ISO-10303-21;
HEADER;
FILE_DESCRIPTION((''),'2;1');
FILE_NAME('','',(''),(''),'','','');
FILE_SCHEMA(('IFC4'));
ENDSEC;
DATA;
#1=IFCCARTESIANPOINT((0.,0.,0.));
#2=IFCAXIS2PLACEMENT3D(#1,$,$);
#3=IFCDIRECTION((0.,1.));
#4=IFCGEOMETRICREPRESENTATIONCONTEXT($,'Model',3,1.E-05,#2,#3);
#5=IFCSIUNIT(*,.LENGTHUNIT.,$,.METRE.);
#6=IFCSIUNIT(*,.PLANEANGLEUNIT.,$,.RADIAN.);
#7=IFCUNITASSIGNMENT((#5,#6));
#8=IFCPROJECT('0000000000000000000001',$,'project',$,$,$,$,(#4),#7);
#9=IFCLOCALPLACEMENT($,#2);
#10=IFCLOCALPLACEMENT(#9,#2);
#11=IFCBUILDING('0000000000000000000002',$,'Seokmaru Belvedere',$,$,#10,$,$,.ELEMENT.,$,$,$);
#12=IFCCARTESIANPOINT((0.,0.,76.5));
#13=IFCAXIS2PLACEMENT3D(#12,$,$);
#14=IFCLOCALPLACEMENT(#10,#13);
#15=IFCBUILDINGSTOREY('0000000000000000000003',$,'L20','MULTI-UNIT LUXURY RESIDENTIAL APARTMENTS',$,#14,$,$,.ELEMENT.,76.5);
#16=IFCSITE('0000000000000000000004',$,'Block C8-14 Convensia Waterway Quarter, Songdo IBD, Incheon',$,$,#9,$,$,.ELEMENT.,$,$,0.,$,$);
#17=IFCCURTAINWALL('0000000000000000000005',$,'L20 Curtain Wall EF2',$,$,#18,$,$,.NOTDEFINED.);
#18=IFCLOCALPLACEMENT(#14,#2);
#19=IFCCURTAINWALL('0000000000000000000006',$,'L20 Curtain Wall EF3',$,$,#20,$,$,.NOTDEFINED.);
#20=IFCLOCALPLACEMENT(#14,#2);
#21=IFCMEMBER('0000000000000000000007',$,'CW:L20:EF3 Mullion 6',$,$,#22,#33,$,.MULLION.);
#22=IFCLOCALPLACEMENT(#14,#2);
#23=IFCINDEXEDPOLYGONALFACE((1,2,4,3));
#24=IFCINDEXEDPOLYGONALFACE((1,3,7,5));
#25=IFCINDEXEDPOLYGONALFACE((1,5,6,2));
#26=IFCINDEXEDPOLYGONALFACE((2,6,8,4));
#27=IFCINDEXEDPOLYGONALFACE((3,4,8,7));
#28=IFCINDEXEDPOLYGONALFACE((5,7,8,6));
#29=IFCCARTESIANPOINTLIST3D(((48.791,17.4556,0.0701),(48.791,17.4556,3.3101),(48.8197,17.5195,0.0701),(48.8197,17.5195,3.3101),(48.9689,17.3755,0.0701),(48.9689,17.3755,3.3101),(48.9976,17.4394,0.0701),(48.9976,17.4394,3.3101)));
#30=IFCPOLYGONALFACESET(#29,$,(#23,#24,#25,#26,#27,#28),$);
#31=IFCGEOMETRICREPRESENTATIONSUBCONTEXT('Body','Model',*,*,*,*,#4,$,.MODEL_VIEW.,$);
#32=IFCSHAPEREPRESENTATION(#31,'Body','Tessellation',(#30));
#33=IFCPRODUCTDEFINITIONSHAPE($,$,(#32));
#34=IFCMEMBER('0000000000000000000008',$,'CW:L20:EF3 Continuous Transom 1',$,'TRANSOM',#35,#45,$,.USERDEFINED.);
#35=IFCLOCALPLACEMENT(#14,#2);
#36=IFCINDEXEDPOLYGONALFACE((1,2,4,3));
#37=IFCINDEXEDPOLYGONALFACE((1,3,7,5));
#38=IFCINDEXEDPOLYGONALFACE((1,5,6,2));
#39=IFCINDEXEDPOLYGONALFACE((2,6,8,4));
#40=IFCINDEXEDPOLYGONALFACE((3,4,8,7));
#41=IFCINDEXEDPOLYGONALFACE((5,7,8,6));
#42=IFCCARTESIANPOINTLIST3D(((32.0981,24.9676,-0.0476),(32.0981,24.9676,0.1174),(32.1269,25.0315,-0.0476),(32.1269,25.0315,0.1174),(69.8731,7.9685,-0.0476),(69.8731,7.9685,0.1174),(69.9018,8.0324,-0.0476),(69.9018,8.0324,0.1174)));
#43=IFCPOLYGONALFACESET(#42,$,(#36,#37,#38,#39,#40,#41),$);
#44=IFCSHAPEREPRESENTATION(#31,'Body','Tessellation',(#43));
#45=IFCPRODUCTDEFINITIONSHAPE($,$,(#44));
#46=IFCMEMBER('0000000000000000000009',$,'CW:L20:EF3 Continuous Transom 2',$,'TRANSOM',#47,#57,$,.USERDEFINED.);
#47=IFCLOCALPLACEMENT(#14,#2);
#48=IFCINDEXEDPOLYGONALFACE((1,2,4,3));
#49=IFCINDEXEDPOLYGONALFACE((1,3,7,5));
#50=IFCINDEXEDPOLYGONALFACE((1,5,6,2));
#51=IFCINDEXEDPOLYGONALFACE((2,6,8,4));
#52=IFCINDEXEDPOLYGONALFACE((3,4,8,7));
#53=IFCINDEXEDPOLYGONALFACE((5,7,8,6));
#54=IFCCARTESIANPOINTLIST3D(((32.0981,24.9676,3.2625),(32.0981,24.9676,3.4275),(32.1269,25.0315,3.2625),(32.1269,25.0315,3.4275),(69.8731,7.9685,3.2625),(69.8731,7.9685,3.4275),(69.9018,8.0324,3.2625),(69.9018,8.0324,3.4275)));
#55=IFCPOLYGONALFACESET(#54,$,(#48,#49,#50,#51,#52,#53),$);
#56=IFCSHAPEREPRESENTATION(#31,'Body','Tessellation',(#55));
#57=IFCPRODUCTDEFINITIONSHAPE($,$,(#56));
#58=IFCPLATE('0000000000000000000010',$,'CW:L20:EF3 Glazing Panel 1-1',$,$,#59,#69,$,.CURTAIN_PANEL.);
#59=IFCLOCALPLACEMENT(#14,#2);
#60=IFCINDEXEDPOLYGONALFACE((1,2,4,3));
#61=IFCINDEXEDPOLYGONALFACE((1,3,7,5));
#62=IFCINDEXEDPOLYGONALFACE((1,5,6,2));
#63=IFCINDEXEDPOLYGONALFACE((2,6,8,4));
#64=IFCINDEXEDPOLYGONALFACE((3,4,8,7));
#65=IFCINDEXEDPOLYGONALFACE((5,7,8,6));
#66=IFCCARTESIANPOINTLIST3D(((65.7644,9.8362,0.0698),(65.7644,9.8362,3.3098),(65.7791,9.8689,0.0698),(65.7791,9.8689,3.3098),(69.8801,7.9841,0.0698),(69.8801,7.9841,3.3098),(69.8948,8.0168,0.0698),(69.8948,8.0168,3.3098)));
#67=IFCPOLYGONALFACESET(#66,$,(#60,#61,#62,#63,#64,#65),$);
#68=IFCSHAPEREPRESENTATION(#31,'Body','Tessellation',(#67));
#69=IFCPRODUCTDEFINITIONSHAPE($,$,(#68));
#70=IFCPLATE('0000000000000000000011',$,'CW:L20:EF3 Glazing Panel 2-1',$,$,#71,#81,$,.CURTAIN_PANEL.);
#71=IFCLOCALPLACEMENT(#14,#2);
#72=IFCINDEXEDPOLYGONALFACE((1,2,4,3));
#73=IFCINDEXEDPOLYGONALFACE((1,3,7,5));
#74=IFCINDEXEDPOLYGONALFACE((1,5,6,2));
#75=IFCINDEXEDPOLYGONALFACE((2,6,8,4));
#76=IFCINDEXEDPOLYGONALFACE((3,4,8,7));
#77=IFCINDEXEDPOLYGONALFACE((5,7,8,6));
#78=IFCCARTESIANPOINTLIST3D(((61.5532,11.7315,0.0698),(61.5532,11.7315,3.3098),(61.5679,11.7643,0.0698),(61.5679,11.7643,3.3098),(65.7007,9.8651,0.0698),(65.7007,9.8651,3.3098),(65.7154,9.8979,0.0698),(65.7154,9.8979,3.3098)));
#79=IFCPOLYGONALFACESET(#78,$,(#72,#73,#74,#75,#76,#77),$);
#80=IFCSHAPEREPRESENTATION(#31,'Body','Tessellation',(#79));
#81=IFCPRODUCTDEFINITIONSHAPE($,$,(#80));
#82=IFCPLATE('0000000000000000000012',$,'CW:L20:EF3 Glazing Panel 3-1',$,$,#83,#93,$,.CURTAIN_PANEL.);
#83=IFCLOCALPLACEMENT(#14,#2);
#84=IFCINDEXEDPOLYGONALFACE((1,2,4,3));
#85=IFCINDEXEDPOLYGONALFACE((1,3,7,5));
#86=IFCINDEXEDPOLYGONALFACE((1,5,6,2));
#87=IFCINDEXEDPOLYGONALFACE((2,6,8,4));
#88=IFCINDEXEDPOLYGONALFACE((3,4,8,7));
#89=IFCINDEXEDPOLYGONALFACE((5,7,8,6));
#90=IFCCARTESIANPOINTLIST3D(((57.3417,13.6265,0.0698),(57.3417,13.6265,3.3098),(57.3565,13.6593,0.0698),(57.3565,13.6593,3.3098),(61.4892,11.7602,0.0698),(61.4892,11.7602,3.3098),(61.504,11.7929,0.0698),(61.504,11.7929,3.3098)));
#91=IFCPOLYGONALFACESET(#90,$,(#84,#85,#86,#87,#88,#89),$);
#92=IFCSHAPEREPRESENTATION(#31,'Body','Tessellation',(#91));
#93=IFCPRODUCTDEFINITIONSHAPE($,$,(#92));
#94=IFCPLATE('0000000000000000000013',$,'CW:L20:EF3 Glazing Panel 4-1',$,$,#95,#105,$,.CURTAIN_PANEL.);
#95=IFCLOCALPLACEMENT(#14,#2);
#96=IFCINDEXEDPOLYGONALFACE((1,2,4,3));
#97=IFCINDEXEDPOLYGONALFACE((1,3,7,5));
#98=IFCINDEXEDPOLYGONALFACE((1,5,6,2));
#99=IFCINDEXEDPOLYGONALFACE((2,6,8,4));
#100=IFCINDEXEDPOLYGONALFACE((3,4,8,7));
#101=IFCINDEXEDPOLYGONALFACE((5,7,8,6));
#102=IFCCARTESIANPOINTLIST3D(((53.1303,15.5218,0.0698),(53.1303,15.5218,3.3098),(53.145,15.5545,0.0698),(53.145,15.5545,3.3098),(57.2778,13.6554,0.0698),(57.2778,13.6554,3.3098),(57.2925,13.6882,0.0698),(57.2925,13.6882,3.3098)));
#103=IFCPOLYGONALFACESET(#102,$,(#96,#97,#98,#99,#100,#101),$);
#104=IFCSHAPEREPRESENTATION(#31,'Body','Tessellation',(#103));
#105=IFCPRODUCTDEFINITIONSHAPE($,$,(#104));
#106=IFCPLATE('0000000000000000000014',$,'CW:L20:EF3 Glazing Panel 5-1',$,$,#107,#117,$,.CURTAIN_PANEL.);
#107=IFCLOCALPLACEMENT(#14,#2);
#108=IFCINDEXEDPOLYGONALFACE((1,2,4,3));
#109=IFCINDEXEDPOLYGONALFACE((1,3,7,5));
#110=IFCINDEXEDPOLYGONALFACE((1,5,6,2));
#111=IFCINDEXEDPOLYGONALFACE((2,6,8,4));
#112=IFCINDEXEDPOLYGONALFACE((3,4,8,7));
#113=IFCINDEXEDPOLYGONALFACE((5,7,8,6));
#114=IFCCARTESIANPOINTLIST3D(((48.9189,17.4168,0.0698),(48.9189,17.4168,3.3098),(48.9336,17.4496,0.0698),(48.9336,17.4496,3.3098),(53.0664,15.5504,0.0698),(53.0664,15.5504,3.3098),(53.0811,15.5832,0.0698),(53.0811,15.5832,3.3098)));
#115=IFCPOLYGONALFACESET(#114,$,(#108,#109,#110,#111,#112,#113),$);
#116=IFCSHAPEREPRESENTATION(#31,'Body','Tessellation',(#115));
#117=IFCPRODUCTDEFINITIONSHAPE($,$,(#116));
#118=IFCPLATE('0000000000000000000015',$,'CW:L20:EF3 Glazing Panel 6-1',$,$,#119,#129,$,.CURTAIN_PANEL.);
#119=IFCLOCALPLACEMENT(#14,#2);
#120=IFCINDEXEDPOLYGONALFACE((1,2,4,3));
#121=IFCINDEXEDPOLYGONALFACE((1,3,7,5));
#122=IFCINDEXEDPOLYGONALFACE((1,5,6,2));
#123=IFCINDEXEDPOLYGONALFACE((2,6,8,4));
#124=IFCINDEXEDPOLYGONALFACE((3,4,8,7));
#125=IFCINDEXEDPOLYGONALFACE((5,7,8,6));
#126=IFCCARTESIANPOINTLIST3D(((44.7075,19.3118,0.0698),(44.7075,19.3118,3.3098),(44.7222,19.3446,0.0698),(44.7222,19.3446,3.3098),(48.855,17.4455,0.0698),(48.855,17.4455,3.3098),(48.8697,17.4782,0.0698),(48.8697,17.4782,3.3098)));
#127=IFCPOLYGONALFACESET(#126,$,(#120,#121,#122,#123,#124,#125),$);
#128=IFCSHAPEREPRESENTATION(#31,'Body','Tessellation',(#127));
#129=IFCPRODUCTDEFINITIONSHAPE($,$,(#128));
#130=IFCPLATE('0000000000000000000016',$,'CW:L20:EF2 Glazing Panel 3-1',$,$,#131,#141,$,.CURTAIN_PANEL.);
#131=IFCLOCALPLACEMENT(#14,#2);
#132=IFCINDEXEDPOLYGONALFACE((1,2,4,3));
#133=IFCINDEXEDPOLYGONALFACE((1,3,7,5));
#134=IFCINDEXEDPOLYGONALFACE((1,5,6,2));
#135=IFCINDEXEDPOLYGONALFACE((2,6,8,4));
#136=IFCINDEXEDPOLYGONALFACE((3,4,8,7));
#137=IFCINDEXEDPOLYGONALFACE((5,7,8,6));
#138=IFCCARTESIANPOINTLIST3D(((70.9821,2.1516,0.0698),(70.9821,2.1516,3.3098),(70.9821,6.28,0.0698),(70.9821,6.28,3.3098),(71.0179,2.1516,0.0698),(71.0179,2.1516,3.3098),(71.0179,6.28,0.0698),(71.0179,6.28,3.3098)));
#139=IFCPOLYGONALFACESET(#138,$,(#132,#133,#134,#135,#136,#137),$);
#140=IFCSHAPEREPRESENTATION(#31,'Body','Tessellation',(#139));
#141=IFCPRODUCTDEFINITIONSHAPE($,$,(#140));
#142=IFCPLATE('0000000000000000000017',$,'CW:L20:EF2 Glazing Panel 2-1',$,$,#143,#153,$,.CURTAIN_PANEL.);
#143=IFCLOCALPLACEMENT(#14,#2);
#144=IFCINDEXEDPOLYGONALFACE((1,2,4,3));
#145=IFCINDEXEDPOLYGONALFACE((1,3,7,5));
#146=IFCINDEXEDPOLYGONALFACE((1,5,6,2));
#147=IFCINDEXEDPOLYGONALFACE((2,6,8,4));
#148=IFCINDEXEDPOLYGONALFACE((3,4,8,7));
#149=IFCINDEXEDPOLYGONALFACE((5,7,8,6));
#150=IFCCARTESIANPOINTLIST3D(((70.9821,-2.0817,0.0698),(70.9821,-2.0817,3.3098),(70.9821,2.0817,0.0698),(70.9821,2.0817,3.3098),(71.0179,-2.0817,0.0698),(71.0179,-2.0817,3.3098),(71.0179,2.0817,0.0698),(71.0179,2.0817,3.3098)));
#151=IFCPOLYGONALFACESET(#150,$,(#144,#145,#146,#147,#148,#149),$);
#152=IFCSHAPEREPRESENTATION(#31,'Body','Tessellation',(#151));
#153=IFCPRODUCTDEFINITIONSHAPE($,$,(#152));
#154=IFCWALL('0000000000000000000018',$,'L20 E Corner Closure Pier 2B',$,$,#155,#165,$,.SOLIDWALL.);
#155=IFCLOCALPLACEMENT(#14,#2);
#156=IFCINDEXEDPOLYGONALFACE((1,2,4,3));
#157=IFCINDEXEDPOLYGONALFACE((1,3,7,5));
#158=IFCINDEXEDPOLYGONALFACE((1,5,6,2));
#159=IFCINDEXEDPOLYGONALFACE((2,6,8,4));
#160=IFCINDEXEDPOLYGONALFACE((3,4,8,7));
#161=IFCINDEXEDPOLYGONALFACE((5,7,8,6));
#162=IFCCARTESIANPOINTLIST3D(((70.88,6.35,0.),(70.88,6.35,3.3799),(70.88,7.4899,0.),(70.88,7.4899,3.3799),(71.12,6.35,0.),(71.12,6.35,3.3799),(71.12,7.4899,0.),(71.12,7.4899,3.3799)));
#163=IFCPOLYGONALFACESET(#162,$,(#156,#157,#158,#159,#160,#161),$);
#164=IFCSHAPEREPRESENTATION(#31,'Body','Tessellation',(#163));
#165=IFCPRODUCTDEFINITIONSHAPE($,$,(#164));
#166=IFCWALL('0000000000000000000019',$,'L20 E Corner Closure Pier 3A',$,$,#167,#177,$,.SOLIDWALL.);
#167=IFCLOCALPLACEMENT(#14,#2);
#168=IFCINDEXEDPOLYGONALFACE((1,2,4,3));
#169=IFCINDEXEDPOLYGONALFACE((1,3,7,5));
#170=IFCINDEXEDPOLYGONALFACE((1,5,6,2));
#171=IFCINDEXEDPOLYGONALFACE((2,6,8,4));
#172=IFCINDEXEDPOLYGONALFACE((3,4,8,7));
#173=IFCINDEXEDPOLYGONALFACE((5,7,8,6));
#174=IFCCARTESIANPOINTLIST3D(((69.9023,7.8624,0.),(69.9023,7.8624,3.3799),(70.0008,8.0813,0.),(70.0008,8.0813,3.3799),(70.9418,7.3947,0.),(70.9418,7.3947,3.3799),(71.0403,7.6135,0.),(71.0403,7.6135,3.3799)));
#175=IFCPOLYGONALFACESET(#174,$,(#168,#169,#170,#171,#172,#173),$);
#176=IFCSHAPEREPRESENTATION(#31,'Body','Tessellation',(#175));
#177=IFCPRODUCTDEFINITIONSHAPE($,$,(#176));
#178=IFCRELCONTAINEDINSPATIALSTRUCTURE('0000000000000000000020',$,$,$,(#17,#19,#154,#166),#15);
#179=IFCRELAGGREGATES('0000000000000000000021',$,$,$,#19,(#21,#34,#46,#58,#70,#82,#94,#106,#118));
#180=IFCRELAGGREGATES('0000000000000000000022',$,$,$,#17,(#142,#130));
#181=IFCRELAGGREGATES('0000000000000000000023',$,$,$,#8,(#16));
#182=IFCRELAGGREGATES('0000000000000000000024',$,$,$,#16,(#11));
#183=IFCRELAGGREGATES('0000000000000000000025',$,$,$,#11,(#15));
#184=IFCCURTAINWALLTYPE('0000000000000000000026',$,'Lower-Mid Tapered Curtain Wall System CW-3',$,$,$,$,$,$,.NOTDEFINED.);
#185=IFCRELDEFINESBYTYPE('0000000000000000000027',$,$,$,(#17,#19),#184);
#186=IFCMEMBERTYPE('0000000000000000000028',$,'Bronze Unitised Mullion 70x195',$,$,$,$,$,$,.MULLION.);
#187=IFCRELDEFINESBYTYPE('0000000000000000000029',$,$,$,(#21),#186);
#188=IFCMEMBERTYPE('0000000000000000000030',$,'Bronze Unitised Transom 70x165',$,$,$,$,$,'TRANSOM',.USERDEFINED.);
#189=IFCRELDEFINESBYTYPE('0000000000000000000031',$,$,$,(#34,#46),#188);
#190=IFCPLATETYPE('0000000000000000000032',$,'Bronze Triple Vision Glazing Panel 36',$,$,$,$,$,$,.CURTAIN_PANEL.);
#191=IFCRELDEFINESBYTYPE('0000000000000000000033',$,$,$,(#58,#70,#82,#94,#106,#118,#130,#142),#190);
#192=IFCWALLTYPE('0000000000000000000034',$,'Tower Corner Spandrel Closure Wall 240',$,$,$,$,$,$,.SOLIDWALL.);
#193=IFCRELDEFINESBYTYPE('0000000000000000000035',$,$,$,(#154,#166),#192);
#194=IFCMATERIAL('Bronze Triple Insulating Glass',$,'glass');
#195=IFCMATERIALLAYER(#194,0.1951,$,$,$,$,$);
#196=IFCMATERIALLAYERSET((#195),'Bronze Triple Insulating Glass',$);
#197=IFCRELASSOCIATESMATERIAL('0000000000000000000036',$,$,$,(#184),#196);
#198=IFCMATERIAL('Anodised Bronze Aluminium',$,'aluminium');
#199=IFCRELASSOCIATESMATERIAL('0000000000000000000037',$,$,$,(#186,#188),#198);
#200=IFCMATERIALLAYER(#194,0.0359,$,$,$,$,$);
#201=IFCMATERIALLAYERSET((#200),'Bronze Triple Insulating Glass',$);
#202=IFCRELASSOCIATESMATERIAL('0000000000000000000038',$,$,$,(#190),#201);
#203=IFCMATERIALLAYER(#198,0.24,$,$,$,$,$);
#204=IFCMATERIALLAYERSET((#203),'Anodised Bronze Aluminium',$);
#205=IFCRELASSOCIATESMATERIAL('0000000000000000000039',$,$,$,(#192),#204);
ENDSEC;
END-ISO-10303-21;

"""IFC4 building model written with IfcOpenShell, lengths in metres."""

from ifc_helpers import new_model, si_unit, direction, frame, frame_2d, origin, origin_2d, place, context, subcontext, project, spatial, rectangle, extrude, source, transform, mapped, material, layer, layer_set, material_profile, profile_set, type_object, type_shapes, element, aggregate, save


model = new_model("IFC4")

# Units and contexts
model_context = context("Model", 3, precision=1e-05, world=origin(), true_north=direction((0.0, 1.0)))
body_context = subcontext(model_context, "Body", "Model", "MODEL_VIEW")
ifc_project = project(units=[si_unit("LENGTHUNIT", "METRE"), si_unit("PLANEANGLEUNIT", "RADIAN")], contexts=[model_context])

# Site, building, storey
site_placement = place(None, origin())
site = spatial("IfcSite", under=ifc_project, at=site_placement, Name="Block C8-14 Convensia Waterway Quarter, Songdo IBD, Incheon", CompositionType="ELEMENT", RefElevation=0.0)
building_placement = place(site_placement, origin())
building = spatial("IfcBuilding", under=site, at=building_placement, Name="Seokmaru Belvedere", CompositionType="ELEMENT")
storey_placement = place(building_placement, frame((0.0, 0.0, 76.5)))
storey = spatial("IfcBuildingStorey", under=building, at=storey_placement, Name="L20", Description="MULTI-UNIT LUXURY RESIDENTIAL APARTMENTS", CompositionType="ELEMENT", Elevation=76.5)

# Curtain walls
ifc_material_1 = material(Name="Bronze Triple Insulating Glass", Category="glass")
ifc_layer_1 = layer(ifc_material_1, 0.1951)
ifc_layer_set_1 = layer_set([ifc_layer_1], Name="Bronze Triple Insulating Glass")
curtain_wall_type = type_object("IfcCurtainWallType", Name="Lower-Mid Tapered Curtain Wall System CW-3", PredefinedType="NOTDEFINED", material=ifc_layer_set_1)
curtain_wall_1_placement = place(storey_placement, origin())
curtain_wall_1 = element("IfcCurtainWall", 1, at=curtain_wall_1_placement, inside=storey, type_object=curtain_wall_type, Name="L20 Curtain Wall EF2", PredefinedType="NOTDEFINED")
ifc_material_2 = material(Name="Anodised Bronze Aluminium", Category="aluminium")
ifc_material_profile_1 = material_profile(ifc_material_2, rectangle(XDim=0.0701, YDim=0.1951, at=origin_2d()), Name="CW-M-70x195")
ifc_profile_set_1 = profile_set([ifc_material_profile_1], Name="Anodised Bronze Aluminium")
member_type_1 = type_object("IfcMemberType", Name="Bronze Unitised Mullion 70x195", PredefinedType="MULLION", material=ifc_profile_set_1)
curtain_wall_2_placement = place(storey_placement, origin())
curtain_wall_2 = element("IfcCurtainWall", 2, at=curtain_wall_2_placement, inside=storey, type_object=curtain_wall_type, Name="L20 Curtain Wall EF3", PredefinedType="NOTDEFINED")

# Members
shared_shape_1 = source(origin(), body_context, "Body", "SweptSolid", [
    extrude(rectangle(XDim=0.0701, YDim=0.1951, at=origin_2d()), origin(), (0.0, 0.0, 1.0), 3.24),
])
member_1_placement = place(storey_placement, frame((48.8943, 17.4475, 0.0701), z_axis=(0.0, 0.0, 1.0), x_axis=(-0.410366, -0.911921, 0.0)))
member_1 = element("IfcMember", 3, at=member_1_placement, type_object=member_type_1, Name="CW:L20:EF3 Mullion 6", PredefinedType="MULLION", context=body_context, shape_type="MappedRepresentation", body=[
    mapped(shared_shape_1, transform((0.0, 0.0, 0.0), scale=1.0)),
])
ifc_material_profile_2 = material_profile(ifc_material_2, rectangle(XDim=0.0701, YDim=0.165, at=origin_2d()), Name="CW-T-70x165")
ifc_profile_set_2 = profile_set([ifc_material_profile_2], Name="Anodised Bronze Aluminium")
member_type_2 = type_object("IfcMemberType", Name="Bronze Unitised Transom 70x165", ElementType="TRANSOM", PredefinedType="USERDEFINED", material=ifc_profile_set_2)
shared_shape_2 = source(origin(), body_context, "Body", "SweptSolid", [
    extrude(rectangle(XDim=0.0701, YDim=0.165, at=origin_2d()), origin(), (0.0, 0.0, 1.0), 41.4236),
])
type_shapes(member_type_2, [shared_shape_2])
member_2_placement = place(storey_placement, frame((69.8875, 8.0005, 0.0349), z_axis=(-0.911919, 0.410371, 0.0), x_axis=(-0.410371, -0.911919, 0.0)))
member_2 = element("IfcMember", 4, at=member_2_placement, type_object=member_type_2, Name="CW:L20:EF3 Continuous Transom 1", ObjectType="TRANSOM", PredefinedType="USERDEFINED", context=body_context, shape_type="MappedRepresentation", body=[
    mapped(shared_shape_2, transform((0.0, 0.0, 0.0), scale=1.0)),
])
member_3_placement = place(storey_placement, frame((69.8875, 8.0005, 3.345), z_axis=(-0.911919, 0.410371, 0.0), x_axis=(-0.410371, -0.911919, 0.0)))
member_3 = element("IfcMember", 5, at=member_3_placement, type_object=member_type_2, Name="CW:L20:EF3 Continuous Transom 2", ObjectType="TRANSOM", PredefinedType="USERDEFINED", context=body_context, shape_type="MappedRepresentation", body=[
    mapped(shared_shape_2, transform((0.0, 0.0, 0.0), scale=1.0)),
])

# Plates
ifc_layer_2 = layer(ifc_material_1, 0.0359)
ifc_layer_set_2 = layer_set([ifc_layer_2], Name="Bronze Triple Insulating Glass")
plate_type = type_object("IfcPlateType", Name="Bronze Triple Vision Glazing Panel 36", PredefinedType="CURTAIN_PANEL", material=ifc_layer_set_2)
shared_shape_3 = source(origin(), body_context, "Body", "SweptSolid", [
    extrude(rectangle(XDim=4.5132, YDim=0.0359, at=origin_2d()), origin(), (0.0, 0.0, 1.0), 3.24),
])
plate_1_placement = place(storey_placement, frame((67.8296, 8.9265, 0.0698), z_axis=(0.0, 0.0, 1.0), x_axis=(-0.911921, 0.410366, 0.0)))
plate_1 = element("IfcPlate", 6, at=plate_1_placement, type_object=plate_type, Name="CW:L20:EF3 Glazing Panel 1-1", PredefinedType="CURTAIN_PANEL", context=body_context, shape_type="MappedRepresentation", body=[
    mapped(shared_shape_3, transform((0.0, 0.0, 0.0), scale=1.0)),
])
shared_shape_4 = source(origin(), body_context, "Body", "SweptSolid", [
    extrude(rectangle(XDim=4.5481, YDim=0.0359, at=origin_2d()), origin(), (0.0, 0.0, 1.0), 3.24),
])
plate_2_placement = place(storey_placement, frame((63.6343, 10.8147, 0.0698), z_axis=(0.0, 0.0, 1.0), x_axis=(-0.911921, 0.410366, 0.0)))
plate_2 = element("IfcPlate", 7, at=plate_2_placement, type_object=plate_type, Name="CW:L20:EF3 Glazing Panel 2-1", PredefinedType="CURTAIN_PANEL", context=body_context, shape_type="MappedRepresentation", body=[
    mapped(shared_shape_4, transform((0.0, 0.0, 0.0), scale=1.0)),
])
plate_3_placement = place(storey_placement, frame((59.4229, 12.7097, 0.0698), z_axis=(0.0, 0.0, 1.0), x_axis=(-0.911921, 0.410366, 0.0)))
plate_3 = element("IfcPlate", 8, at=plate_3_placement, type_object=plate_type, Name="CW:L20:EF3 Glazing Panel 3-1", PredefinedType="CURTAIN_PANEL", context=body_context, shape_type="MappedRepresentation", body=[
    mapped(shared_shape_4, transform((0.0, 0.0, 0.0), scale=1.0)),
])
plate_4_placement = place(storey_placement, frame((55.2114, 14.605, 0.0698), z_axis=(0.0, 0.0, 1.0), x_axis=(-0.911921, 0.410366, 0.0)))
plate_4 = element("IfcPlate", 9, at=plate_4_placement, type_object=plate_type, Name="CW:L20:EF3 Glazing Panel 4-1", PredefinedType="CURTAIN_PANEL", context=body_context, shape_type="MappedRepresentation", body=[
    mapped(shared_shape_4, transform((0.0, 0.0, 0.0), scale=1.0)),
])
plate_5_placement = place(storey_placement, frame((51.0, 16.5, 0.0698), z_axis=(0.0, 0.0, 1.0), x_axis=(-0.911921, 0.410366, 0.0)))
plate_5 = element("IfcPlate", 10, at=plate_5_placement, type_object=plate_type, Name="CW:L20:EF3 Glazing Panel 5-1", PredefinedType="CURTAIN_PANEL", context=body_context, shape_type="MappedRepresentation", body=[
    mapped(shared_shape_4, transform((0.0, 0.0, 0.0), scale=1.0)),
])
plate_6_placement = place(storey_placement, frame((46.7886, 18.395, 0.0698), z_axis=(0.0, 0.0, 1.0), x_axis=(-0.911921, 0.410366, 0.0)))
plate_6 = element("IfcPlate", 11, at=plate_6_placement, type_object=plate_type, Name="CW:L20:EF3 Glazing Panel 6-1", PredefinedType="CURTAIN_PANEL", context=body_context, shape_type="MappedRepresentation", body=[
    mapped(shared_shape_4, transform((0.0, 0.0, 0.0), scale=1.0)),
])
aggregate(curtain_wall_2, [member_1, member_2, member_3, plate_1, plate_2, plate_3, plate_4, plate_5, plate_6])
shared_shape_5 = source(origin(), body_context, "Body", "SweptSolid", [
    extrude(rectangle(XDim=4.1284, YDim=0.0359, at=origin_2d()), origin(), (0.0, 0.0, 1.0), 3.24),
])
plate_7_placement = place(storey_placement, frame((71.0, 4.2158, 0.0698), z_axis=(0.0, 0.0, 1.0), x_axis=(0.0, 1.0, 0.0)))
plate_7 = element("IfcPlate", 12, at=plate_7_placement, type_object=plate_type, Name="CW:L20:EF2 Glazing Panel 3-1", PredefinedType="CURTAIN_PANEL", context=body_context, shape_type="MappedRepresentation", body=[
    mapped(shared_shape_5, transform((0.0, 0.0, 0.0), scale=1.0)),
])
shared_shape_6 = source(origin(), body_context, "Body", "SweptSolid", [
    extrude(rectangle(XDim=4.1633, YDim=0.0359, at=origin_2d()), origin(), (0.0, 0.0, 1.0), 3.24),
])
type_shapes(plate_type, [shared_shape_3, shared_shape_4, shared_shape_5, shared_shape_6])
plate_8_placement = place(storey_placement, frame((71.0, 0.0, 0.0698), z_axis=(0.0, 0.0, 1.0), x_axis=(0.0, 1.0, 0.0)))
plate_8 = element("IfcPlate", 13, at=plate_8_placement, type_object=plate_type, Name="CW:L20:EF2 Glazing Panel 2-1", PredefinedType="CURTAIN_PANEL", context=body_context, shape_type="MappedRepresentation", body=[
    mapped(shared_shape_6, transform((0.0, 0.0, 0.0), scale=1.0)),
])
aggregate(curtain_wall_1, [plate_8, plate_7])

# Walls
ifc_layer_3 = layer(ifc_material_2, 0.24)
ifc_layer_set_3 = layer_set([ifc_layer_3], Name="Anodised Bronze Aluminium")
wall_type = type_object("IfcWallType", Name="Tower Corner Spandrel Closure Wall 240", PredefinedType="SOLIDWALL", material=ifc_layer_set_3)
for number, where, z_axis, x_axis, name in (
    (14, (71.0, 6.3501, 0.0), (0.0, 0.0, 1.0), (0.0, 1.0, 0.0), "L20 E Corner Closure Pier 2B"),
    (15, (70.991, 7.5042, 0.0), (0.0, 0.0, 1.0), (-0.91193, 0.410347, 0.0), "L20 E Corner Closure Pier 3A"),
):
    element("IfcWall", number, at=place(storey_placement, frame(where, z_axis=z_axis, x_axis=x_axis)), inside=storey, type_object=wall_type, Name=name, PredefinedType="SOLIDWALL", context=body_context, shape_type="SweptSolid", body=[
        extrude(rectangle(XDim=1.1399, YDim=0.24, at=frame_2d((0.5698, 0.0))), origin(), (0.0, 0.0, 1.0), 3.3799),
    ])

save(model, "model.ifc")
